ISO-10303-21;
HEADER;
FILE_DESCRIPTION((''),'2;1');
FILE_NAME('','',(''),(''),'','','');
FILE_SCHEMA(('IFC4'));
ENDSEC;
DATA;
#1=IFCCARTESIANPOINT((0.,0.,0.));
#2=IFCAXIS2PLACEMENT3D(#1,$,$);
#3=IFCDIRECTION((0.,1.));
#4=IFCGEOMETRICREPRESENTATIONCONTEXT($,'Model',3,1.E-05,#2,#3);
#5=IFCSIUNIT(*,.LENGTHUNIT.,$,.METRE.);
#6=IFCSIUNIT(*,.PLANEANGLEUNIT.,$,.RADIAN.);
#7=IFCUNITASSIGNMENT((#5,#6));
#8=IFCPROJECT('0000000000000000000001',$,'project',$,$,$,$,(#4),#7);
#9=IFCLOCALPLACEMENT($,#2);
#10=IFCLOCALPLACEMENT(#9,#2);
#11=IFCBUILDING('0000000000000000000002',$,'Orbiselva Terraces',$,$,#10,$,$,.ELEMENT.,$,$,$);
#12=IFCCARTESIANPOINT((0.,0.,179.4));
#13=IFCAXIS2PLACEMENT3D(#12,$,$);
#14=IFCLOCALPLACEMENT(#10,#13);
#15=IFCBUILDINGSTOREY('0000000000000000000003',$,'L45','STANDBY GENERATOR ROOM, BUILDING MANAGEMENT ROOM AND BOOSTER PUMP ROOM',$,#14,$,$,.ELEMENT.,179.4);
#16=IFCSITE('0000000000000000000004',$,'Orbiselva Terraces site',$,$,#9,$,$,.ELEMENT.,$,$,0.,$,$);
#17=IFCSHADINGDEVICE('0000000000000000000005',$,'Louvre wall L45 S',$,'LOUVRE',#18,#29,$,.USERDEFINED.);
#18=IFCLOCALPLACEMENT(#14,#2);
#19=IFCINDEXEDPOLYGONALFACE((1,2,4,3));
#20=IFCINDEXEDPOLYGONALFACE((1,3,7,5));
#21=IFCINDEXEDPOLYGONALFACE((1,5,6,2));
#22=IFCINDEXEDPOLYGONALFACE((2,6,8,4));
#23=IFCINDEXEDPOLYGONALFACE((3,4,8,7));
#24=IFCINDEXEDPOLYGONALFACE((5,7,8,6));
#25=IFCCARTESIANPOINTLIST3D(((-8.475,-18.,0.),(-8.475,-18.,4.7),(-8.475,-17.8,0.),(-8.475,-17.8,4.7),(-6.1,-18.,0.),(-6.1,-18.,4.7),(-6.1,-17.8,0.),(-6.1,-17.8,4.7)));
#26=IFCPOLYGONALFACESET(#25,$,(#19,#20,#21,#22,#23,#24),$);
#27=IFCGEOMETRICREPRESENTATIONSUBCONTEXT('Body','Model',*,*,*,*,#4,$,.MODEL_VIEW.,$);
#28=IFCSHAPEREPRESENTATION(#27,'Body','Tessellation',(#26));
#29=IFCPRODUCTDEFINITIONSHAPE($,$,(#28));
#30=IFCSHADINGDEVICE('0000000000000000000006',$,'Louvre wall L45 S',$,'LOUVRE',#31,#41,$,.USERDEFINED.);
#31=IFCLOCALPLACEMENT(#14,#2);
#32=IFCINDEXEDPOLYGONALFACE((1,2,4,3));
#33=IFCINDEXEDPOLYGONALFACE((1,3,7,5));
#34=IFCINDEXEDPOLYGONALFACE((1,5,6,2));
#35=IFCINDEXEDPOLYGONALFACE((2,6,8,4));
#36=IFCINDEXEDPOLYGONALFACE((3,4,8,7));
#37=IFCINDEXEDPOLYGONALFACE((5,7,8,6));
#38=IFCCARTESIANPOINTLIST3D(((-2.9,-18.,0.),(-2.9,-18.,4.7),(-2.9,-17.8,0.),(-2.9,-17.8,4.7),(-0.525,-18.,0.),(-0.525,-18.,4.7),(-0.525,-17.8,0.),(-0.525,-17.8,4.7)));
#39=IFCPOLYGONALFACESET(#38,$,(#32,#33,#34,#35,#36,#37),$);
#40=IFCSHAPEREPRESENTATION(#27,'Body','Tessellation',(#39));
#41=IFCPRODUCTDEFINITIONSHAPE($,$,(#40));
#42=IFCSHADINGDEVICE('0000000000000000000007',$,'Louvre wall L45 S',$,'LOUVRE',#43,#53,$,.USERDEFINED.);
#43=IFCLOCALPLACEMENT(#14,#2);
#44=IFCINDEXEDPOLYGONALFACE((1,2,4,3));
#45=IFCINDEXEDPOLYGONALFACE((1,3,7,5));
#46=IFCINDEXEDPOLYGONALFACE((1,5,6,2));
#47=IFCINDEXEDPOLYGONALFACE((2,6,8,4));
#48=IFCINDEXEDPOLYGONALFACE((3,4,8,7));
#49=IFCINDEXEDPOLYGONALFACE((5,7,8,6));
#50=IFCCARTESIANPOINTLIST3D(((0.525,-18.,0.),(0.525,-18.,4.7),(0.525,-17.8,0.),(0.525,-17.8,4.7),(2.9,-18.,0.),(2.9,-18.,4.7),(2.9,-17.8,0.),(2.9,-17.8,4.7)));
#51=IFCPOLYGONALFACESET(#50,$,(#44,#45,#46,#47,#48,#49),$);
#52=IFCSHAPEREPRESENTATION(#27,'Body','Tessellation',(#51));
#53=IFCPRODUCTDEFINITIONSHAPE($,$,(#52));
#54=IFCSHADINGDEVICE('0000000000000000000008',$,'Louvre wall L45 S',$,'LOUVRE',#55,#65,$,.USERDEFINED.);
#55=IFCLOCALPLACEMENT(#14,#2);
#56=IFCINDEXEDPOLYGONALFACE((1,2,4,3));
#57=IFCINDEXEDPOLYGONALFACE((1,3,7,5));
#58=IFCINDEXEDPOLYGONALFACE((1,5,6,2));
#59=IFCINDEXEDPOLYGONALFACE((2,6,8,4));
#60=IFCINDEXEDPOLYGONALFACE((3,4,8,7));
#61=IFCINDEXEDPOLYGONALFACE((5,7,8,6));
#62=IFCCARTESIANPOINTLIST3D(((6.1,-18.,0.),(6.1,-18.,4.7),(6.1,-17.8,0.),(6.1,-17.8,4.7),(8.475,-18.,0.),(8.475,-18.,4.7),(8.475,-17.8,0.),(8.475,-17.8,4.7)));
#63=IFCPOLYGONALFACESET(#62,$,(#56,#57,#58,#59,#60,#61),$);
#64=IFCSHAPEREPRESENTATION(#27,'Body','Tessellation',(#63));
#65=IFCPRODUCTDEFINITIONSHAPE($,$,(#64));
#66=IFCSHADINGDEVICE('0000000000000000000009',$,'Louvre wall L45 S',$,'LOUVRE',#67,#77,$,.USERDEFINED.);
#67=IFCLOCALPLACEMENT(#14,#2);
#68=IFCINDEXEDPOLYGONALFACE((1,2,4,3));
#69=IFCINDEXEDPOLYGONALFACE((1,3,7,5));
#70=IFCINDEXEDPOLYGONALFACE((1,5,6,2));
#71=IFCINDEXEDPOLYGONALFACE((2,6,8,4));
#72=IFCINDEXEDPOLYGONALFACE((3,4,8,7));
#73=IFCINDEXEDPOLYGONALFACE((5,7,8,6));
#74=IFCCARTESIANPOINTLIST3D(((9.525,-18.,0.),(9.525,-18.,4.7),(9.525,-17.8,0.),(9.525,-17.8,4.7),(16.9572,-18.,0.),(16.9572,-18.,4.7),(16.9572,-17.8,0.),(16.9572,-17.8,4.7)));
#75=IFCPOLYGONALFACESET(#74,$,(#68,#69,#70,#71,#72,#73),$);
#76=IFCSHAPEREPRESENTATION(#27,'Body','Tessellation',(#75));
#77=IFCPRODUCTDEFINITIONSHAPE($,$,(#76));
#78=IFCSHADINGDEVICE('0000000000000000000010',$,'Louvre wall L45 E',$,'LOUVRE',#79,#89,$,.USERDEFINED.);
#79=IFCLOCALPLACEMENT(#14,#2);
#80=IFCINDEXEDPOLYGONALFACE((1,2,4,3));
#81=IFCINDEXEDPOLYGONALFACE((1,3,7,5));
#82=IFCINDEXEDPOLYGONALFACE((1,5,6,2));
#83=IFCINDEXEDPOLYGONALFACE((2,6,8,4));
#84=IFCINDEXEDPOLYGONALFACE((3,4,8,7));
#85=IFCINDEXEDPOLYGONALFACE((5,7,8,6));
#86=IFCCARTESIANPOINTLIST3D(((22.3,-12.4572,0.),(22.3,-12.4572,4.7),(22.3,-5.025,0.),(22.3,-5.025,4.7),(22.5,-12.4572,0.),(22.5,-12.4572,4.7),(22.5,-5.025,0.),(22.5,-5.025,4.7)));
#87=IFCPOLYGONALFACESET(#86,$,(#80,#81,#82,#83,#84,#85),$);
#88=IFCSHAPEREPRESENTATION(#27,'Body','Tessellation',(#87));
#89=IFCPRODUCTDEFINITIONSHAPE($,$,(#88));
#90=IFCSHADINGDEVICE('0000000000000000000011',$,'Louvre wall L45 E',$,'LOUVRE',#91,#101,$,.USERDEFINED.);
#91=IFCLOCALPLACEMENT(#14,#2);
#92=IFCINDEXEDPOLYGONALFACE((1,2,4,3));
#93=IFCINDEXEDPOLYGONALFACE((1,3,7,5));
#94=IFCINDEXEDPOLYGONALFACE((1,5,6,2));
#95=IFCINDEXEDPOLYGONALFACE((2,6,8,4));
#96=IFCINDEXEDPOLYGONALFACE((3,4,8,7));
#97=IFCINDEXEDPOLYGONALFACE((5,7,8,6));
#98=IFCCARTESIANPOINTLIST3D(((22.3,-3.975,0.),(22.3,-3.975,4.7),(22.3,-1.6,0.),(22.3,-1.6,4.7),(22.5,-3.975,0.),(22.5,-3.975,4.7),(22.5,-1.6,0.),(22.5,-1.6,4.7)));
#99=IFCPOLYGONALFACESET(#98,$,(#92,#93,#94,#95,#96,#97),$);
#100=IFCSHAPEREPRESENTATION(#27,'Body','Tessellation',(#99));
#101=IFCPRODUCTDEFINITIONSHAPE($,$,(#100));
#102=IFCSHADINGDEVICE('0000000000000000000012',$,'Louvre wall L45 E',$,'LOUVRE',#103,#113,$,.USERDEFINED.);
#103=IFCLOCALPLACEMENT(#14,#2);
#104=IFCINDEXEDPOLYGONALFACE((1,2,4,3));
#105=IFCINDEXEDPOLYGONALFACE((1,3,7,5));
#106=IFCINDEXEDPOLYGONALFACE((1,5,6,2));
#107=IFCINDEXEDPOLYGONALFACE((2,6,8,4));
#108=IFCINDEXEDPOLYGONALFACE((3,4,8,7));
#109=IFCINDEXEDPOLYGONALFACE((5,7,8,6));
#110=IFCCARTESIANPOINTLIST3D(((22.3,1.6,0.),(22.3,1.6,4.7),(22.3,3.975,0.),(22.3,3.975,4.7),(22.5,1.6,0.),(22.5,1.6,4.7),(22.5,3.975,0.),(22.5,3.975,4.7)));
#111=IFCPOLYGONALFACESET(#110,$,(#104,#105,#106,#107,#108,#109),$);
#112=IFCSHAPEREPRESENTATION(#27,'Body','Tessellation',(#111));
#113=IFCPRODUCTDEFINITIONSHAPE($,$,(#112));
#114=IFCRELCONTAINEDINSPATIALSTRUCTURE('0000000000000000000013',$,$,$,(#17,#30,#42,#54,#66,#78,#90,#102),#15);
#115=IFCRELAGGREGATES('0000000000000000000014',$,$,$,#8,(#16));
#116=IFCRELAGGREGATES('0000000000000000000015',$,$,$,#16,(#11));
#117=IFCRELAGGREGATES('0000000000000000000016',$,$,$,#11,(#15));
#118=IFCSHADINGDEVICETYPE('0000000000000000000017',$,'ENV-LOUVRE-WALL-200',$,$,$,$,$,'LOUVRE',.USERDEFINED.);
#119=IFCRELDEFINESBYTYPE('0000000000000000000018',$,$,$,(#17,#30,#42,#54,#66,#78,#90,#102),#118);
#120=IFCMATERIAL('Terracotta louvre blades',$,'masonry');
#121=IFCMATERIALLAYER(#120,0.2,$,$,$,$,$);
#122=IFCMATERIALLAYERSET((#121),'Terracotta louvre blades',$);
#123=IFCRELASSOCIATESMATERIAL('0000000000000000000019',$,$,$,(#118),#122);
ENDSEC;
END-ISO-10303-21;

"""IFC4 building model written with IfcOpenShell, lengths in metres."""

from ifc_helpers import new_model, si_unit, direction, frame, origin, place, context, subcontext, project, spatial, polyline, outline, extrude, material, layer, layer_set, type_object, element, save


model = new_model("IFC4")

# Units and contexts
model_context = context("Model", 3, precision=1e-05, world=origin(), true_north=direction((0.0, 1.0)))
body_context = subcontext(model_context, "Body", "Model", "MODEL_VIEW")
ifc_project = project(units=[si_unit("LENGTHUNIT", "METRE"), si_unit("PLANEANGLEUNIT", "RADIAN")], contexts=[model_context])

# Site, building, storey
site_placement = place(None, origin())
site = spatial("IfcSite", under=ifc_project, at=site_placement, Name="Orbiselva Terraces site", CompositionType="ELEMENT", RefElevation=0.0)
building_placement = place(site_placement, origin())
building = spatial("IfcBuilding", under=site, at=building_placement, Name="Orbiselva Terraces", CompositionType="ELEMENT")
storey_placement = place(building_placement, frame((0.0, 0.0, 179.4)))
storey = spatial("IfcBuildingStorey", under=building, at=storey_placement, Name="L45", Description="STANDBY GENERATOR ROOM, BUILDING MANAGEMENT ROOM AND BOOSTER PUMP ROOM", CompositionType="ELEMENT", Elevation=179.4)

# Shading devices
ifc_material_1 = material(Name="Terracotta louvre blades", Category="masonry")
ifc_layer_1 = layer(ifc_material_1, 0.2)
ifc_layer_set_1 = layer_set([ifc_layer_1], Name="Terracotta louvre blades")
shading_device_type = type_object("IfcShadingDeviceType", Name="ENV-LOUVRE-WALL-200", ElementType="LOUVRE", PredefinedType="USERDEFINED", material=ifc_layer_set_1)
shading_device_1_placement = place(storey_placement, origin())
element("IfcShadingDevice", 1, at=shading_device_1_placement, inside=storey, type_object=shading_device_type, Name="Louvre wall L45 S", ObjectType="LOUVRE", PredefinedType="USERDEFINED", context=body_context, shape_type="SweptSolid", body=[
    extrude(outline(polyline([(-8.475, -18.0), (-6.1, -18.0), (-6.1, -17.8), (-8.475, -17.8), (-8.475, -18.0)])), origin(), (0.0, 0.0, 1.0), 4.7),
])
shading_device_2_placement = place(storey_placement, origin())
element("IfcShadingDevice", 2, at=shading_device_2_placement, inside=storey, type_object=shading_device_type, Name="Louvre wall L45 S", ObjectType="LOUVRE", PredefinedType="USERDEFINED", context=body_context, shape_type="SweptSolid", body=[
    extrude(outline(polyline([(-2.9, -18.0), (-0.525, -18.0), (-0.525, -17.8), (-2.9, -17.8), (-2.9, -18.0)])), origin(), (0.0, 0.0, 1.0), 4.7),
])
shading_device_3_placement = place(storey_placement, origin())
element("IfcShadingDevice", 3, at=shading_device_3_placement, inside=storey, type_object=shading_device_type, Name="Louvre wall L45 S", ObjectType="LOUVRE", PredefinedType="USERDEFINED", context=body_context, shape_type="SweptSolid", body=[
    extrude(outline(polyline([(0.525, -18.0), (2.9, -18.0), (2.9, -17.8), (0.525, -17.8), (0.525, -18.0)])), origin(), (0.0, 0.0, 1.0), 4.7),
])
shading_device_4_placement = place(storey_placement, origin())
element("IfcShadingDevice", 4, at=shading_device_4_placement, inside=storey, type_object=shading_device_type, Name="Louvre wall L45 S", ObjectType="LOUVRE", PredefinedType="USERDEFINED", context=body_context, shape_type="SweptSolid", body=[
    extrude(outline(polyline([(6.1, -18.0), (8.475, -18.0), (8.475, -17.8), (6.1, -17.8), (6.1, -18.0)])), origin(), (0.0, 0.0, 1.0), 4.7),
])
shading_device_5_placement = place(storey_placement, origin())
element("IfcShadingDevice", 5, at=shading_device_5_placement, inside=storey, type_object=shading_device_type, Name="Louvre wall L45 S", ObjectType="LOUVRE", PredefinedType="USERDEFINED", context=body_context, shape_type="SweptSolid", body=[
    extrude(outline(polyline([(9.525, -18.0), (16.9572, -18.0), (16.9572, -17.8), (9.525, -17.8), (9.525, -18.0)])), origin(), (0.0, 0.0, 1.0), 4.7),
])
shading_device_6_placement = place(storey_placement, origin())
element("IfcShadingDevice", 6, at=shading_device_6_placement, inside=storey, type_object=shading_device_type, Name="Louvre wall L45 E", ObjectType="LOUVRE", PredefinedType="USERDEFINED", context=body_context, shape_type="SweptSolid", body=[
    extrude(outline(polyline([(22.5, -12.4572), (22.5, -5.025), (22.3, -5.025), (22.3, -12.4572), (22.5, -12.4572)])), origin(), (0.0, 0.0, 1.0), 4.7),
])
shading_device_7_placement = place(storey_placement, origin())
element("IfcShadingDevice", 7, at=shading_device_7_placement, inside=storey, type_object=shading_device_type, Name="Louvre wall L45 E", ObjectType="LOUVRE", PredefinedType="USERDEFINED", context=body_context, shape_type="SweptSolid", body=[
    extrude(outline(polyline([(22.5, -3.975), (22.5, -1.6), (22.3, -1.6), (22.3, -3.975), (22.5, -3.975)])), origin(), (0.0, 0.0, 1.0), 4.7),
])
shading_device_8_placement = place(storey_placement, origin())
element("IfcShadingDevice", 8, at=shading_device_8_placement, inside=storey, type_object=shading_device_type, Name="Louvre wall L45 E", ObjectType="LOUVRE", PredefinedType="USERDEFINED", context=body_context, shape_type="SweptSolid", body=[
    extrude(outline(polyline([(22.5, 1.6), (22.5, 3.975), (22.3, 3.975), (22.3, 1.6), (22.5, 1.6)])), origin(), (0.0, 0.0, 1.0), 4.7),
])

save(model, "model.ifc")
